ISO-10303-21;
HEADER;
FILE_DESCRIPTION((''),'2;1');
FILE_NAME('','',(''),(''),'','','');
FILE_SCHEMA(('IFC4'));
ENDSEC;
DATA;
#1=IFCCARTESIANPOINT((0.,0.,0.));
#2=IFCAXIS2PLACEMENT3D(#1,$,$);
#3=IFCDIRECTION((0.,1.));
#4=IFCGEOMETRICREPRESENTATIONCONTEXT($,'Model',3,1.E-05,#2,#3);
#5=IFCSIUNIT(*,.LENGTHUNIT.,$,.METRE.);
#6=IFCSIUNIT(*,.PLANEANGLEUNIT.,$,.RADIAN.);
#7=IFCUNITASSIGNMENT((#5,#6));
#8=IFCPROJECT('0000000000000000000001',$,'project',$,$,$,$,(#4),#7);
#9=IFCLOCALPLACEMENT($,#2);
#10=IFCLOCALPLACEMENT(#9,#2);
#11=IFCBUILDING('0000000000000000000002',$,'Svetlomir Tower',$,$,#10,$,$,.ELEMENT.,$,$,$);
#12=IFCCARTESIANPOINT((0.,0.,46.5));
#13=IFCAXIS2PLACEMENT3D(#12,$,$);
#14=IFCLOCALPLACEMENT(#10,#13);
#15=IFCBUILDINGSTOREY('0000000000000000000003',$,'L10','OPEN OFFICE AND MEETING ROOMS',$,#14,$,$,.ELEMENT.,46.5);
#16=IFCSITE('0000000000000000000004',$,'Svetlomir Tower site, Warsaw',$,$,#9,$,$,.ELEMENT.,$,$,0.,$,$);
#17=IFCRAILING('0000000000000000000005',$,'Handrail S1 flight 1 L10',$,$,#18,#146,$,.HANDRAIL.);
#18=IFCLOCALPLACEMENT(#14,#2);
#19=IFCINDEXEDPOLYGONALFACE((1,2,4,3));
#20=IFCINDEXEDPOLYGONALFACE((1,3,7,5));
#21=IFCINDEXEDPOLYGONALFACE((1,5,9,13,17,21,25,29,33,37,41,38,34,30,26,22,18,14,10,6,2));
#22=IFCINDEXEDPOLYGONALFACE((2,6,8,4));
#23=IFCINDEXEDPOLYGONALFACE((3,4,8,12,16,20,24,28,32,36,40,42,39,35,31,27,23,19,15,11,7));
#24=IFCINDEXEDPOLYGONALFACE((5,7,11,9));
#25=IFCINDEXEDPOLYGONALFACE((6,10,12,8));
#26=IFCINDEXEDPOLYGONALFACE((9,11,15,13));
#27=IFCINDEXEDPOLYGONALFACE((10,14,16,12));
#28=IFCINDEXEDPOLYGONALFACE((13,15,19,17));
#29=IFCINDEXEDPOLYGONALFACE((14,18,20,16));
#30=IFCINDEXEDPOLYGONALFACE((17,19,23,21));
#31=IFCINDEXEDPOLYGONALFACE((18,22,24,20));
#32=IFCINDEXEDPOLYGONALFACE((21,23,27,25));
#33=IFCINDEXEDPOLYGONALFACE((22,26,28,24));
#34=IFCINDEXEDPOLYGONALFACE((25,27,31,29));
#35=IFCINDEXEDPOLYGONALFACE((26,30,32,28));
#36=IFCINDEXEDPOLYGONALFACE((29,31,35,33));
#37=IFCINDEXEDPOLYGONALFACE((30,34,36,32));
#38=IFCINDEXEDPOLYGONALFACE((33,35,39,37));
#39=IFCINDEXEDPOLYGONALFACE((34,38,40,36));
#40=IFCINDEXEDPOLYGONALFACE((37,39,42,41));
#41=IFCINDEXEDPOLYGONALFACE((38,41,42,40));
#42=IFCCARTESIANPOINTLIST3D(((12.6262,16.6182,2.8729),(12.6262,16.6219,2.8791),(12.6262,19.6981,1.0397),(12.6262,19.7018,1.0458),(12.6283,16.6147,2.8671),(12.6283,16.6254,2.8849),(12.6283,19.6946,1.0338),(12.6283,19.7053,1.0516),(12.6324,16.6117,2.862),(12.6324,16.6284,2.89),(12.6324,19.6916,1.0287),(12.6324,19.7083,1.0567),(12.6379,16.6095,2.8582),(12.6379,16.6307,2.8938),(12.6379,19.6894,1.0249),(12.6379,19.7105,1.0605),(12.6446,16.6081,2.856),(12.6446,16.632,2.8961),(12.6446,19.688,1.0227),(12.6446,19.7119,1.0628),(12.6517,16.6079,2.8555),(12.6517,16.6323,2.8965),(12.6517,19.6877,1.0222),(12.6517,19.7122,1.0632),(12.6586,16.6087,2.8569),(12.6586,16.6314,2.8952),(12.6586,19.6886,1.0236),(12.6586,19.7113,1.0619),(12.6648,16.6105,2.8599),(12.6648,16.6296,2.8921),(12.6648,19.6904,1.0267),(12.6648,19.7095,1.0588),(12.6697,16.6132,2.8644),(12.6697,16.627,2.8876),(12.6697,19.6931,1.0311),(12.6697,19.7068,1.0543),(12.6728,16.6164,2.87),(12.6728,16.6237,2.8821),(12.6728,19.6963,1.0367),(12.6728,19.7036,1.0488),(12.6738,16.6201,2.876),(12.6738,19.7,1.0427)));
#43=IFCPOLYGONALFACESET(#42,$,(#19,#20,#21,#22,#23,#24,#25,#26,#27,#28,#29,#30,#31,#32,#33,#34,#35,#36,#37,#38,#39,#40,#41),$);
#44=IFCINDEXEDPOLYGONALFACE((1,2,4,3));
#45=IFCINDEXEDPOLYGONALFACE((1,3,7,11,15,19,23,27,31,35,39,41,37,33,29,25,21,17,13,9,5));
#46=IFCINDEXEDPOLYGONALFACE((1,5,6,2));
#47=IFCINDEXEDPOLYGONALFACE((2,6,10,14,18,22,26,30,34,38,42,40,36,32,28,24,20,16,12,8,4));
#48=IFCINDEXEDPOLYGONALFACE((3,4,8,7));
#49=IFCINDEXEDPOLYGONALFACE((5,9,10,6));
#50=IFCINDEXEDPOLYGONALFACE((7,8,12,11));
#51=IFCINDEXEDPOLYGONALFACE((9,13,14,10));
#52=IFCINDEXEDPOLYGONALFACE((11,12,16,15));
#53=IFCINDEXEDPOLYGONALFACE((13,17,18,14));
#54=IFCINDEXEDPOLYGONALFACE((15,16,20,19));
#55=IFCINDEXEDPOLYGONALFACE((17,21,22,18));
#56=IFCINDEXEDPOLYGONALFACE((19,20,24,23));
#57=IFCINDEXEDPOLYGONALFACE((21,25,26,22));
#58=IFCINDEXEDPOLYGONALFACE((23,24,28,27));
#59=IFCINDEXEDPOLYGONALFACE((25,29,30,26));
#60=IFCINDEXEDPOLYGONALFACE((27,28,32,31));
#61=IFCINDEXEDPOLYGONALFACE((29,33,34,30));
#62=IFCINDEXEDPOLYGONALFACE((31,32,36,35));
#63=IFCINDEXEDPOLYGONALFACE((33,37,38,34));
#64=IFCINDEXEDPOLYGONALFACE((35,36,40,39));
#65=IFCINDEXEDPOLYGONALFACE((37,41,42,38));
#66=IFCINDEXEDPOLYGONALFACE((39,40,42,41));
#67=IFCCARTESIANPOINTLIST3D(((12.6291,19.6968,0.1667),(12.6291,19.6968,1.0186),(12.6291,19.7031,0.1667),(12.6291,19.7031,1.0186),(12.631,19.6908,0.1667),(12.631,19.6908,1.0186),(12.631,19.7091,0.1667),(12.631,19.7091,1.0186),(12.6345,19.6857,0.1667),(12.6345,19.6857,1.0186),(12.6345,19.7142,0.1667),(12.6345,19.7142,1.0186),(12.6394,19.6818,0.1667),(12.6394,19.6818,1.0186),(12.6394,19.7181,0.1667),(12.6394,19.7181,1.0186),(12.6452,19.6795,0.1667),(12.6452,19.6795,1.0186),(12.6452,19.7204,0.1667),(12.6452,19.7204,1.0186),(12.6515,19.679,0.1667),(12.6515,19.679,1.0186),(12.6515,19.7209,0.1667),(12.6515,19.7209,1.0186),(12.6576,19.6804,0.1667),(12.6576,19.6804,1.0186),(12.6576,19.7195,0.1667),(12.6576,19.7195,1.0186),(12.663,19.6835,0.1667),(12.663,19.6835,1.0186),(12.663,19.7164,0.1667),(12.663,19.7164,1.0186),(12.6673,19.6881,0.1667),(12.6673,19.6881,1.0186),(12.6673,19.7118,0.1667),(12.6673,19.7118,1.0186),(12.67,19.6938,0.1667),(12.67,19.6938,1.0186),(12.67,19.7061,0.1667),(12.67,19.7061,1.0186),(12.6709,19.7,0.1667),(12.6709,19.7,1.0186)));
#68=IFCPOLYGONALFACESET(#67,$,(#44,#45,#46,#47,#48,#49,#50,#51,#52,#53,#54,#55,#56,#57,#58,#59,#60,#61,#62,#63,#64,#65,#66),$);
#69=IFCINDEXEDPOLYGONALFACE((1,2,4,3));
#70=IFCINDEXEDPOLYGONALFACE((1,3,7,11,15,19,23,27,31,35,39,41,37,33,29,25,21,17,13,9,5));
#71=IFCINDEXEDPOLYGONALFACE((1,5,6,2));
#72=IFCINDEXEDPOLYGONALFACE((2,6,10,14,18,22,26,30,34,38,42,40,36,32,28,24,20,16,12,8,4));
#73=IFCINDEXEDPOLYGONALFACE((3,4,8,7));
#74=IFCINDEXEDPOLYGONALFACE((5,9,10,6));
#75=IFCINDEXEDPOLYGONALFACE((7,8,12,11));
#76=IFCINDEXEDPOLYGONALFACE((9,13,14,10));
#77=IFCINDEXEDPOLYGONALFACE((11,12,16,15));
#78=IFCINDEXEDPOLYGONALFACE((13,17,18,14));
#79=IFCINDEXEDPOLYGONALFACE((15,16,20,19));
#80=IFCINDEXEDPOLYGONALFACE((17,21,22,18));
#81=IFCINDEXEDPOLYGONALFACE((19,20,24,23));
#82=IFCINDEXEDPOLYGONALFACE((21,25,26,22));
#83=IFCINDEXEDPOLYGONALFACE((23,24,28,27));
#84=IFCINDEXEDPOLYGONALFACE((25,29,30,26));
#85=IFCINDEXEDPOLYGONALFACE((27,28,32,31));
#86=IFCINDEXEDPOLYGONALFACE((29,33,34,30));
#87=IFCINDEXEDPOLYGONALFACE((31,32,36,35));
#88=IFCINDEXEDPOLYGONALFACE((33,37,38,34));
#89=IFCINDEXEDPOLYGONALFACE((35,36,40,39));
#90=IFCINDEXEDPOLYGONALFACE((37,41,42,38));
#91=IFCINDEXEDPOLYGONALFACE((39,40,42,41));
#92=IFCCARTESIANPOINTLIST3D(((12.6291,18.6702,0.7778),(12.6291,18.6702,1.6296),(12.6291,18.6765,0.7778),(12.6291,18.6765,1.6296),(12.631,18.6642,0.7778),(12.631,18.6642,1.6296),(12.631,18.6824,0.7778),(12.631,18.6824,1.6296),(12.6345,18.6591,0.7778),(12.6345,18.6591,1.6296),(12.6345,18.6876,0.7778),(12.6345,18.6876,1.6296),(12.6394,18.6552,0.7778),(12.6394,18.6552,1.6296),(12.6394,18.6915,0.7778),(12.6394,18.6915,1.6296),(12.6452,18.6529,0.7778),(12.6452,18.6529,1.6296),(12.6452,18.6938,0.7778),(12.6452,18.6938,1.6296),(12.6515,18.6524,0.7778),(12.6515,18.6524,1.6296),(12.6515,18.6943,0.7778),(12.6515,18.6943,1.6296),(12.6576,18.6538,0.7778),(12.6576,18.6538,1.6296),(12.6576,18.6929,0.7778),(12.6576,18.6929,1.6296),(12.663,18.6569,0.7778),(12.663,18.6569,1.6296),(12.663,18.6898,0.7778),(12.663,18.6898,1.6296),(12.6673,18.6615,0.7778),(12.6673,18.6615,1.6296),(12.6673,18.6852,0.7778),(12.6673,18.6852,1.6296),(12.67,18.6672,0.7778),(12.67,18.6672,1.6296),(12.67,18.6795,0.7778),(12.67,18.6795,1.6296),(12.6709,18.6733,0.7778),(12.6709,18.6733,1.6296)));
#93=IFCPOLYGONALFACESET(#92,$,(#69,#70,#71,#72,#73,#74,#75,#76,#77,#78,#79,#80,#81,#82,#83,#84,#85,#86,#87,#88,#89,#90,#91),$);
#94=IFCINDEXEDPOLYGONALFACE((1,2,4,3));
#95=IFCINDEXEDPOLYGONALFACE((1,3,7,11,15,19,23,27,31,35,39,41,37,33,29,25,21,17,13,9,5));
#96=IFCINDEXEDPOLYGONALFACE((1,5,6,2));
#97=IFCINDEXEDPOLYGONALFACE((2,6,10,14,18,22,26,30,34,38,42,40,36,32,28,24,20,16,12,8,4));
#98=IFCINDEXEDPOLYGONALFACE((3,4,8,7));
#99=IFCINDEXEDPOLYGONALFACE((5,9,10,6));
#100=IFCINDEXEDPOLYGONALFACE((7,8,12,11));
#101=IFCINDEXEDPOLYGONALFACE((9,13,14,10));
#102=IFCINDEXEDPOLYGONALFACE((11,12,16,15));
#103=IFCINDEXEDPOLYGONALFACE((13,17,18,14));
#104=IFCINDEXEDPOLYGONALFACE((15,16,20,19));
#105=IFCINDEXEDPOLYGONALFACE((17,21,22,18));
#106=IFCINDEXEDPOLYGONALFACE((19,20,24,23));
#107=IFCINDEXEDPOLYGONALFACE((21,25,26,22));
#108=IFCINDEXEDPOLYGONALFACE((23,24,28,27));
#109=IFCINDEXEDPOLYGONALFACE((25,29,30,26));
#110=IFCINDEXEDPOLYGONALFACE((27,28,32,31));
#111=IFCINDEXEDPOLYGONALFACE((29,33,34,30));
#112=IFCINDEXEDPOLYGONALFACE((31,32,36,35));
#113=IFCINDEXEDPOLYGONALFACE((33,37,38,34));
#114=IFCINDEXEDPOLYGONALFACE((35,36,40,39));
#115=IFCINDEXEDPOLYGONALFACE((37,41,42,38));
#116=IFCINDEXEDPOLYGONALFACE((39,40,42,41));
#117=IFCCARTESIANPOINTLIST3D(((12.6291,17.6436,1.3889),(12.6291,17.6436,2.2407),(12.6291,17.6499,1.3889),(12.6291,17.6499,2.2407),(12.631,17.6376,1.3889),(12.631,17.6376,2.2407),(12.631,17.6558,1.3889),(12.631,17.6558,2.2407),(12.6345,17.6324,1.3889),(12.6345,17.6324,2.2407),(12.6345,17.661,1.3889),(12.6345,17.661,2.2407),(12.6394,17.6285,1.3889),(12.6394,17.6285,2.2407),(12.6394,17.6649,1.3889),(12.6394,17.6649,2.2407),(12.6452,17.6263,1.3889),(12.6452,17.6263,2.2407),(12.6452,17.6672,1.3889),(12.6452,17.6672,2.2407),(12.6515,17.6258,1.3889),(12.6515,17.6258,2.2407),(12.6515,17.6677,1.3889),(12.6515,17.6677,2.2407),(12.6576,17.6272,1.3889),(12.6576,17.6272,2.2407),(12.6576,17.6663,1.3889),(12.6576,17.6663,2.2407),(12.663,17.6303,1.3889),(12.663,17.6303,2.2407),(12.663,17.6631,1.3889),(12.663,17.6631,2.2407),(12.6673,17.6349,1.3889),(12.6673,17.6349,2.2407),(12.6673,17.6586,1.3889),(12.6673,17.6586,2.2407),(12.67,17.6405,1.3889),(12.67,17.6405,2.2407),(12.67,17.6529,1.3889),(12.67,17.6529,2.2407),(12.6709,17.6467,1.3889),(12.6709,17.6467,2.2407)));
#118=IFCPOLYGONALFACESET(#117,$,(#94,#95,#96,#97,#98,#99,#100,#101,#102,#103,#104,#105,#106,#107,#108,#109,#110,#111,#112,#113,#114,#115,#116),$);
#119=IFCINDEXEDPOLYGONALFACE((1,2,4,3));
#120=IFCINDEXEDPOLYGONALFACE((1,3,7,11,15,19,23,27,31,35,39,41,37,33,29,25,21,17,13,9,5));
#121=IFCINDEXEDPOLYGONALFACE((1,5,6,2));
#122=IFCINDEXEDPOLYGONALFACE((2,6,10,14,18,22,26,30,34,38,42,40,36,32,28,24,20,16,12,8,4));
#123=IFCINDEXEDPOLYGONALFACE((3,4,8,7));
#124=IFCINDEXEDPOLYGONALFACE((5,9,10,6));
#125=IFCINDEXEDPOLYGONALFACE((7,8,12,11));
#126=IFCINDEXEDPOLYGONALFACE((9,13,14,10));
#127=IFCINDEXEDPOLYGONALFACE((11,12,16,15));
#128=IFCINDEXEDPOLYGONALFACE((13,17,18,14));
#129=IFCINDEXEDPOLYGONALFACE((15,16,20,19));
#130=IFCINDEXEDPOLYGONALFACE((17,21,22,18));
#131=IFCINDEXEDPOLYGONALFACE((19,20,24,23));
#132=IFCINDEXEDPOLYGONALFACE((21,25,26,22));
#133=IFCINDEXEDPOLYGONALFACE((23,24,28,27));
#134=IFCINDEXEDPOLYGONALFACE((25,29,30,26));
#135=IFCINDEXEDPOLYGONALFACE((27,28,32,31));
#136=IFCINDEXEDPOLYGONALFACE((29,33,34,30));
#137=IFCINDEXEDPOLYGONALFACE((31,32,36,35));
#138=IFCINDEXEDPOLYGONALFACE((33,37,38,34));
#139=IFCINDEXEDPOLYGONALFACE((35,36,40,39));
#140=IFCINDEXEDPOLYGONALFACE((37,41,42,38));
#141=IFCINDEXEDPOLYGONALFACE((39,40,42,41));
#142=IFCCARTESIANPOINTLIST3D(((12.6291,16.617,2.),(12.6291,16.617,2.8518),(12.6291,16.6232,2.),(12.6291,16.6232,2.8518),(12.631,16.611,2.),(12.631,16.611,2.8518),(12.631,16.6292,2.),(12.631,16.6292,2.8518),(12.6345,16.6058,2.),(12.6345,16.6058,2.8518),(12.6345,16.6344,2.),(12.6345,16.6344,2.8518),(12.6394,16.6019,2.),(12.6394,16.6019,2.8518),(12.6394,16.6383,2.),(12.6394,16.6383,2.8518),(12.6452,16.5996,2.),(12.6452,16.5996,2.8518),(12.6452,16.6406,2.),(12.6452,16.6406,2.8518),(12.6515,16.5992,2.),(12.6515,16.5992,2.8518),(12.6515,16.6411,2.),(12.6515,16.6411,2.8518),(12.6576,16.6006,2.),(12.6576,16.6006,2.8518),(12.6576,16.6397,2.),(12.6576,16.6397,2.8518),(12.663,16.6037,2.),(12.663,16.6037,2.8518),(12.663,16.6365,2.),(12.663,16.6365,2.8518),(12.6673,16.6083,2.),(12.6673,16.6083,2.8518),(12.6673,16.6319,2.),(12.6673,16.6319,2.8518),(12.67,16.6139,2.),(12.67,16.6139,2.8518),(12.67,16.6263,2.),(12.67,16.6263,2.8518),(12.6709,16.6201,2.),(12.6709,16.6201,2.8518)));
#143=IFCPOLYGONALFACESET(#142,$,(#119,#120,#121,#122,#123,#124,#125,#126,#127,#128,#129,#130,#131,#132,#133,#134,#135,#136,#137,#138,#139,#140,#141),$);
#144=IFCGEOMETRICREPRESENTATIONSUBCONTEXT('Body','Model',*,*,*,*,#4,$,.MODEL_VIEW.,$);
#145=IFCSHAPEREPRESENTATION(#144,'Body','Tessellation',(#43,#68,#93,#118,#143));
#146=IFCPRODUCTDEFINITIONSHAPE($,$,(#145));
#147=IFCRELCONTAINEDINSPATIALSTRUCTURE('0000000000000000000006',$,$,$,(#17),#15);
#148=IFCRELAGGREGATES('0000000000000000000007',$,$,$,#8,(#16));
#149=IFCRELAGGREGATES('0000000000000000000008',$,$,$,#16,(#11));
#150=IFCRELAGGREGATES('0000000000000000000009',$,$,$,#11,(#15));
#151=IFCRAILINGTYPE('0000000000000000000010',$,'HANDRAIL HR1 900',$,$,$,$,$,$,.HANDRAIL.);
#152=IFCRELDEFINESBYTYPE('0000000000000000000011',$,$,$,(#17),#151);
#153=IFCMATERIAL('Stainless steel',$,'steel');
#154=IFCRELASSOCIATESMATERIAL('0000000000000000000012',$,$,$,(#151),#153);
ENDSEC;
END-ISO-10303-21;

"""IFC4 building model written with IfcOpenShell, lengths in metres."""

from ifc_helpers import new_model, si_unit, direction, frame, origin, origin_2d, place, context, subcontext, project, spatial, circle, extrude, material, type_object, element, save


model = new_model("IFC4")

# Units and contexts
model_context = context("Model", 3, precision=1e-05, world=origin(), true_north=direction((0.0, 1.0)))
body_context = subcontext(model_context, "Body", "Model", "MODEL_VIEW")
ifc_project = project(units=[si_unit("LENGTHUNIT", "METRE"), si_unit("PLANEANGLEUNIT", "RADIAN")], contexts=[model_context])

# Site, building, storey
site_placement = place(None, origin())
site = spatial("IfcSite", under=ifc_project, at=site_placement, Name="Svetlomir Tower site, Warsaw", CompositionType="ELEMENT", RefElevation=0.0)
building_placement = place(site_placement, origin())
building = spatial("IfcBuilding", under=site, at=building_placement, Name="Svetlomir Tower", CompositionType="ELEMENT")
storey_placement = place(building_placement, frame((0.0, 0.0, 46.5)))
storey = spatial("IfcBuildingStorey", under=building, at=storey_placement, Name="L10", Description="OPEN OFFICE AND MEETING ROOMS", CompositionType="ELEMENT", Elevation=46.5)

# Railing
ifc_material_1 = material(Name="Stainless steel", Category="steel")
railing_type_1 = type_object("IfcRailingType", Name="HANDRAIL HR1 900", PredefinedType="HANDRAIL", material=ifc_material_1)
railing_1_placement = place(storey_placement, frame((12.6499, 19.7, 0.1667)))
element("IfcRailing", 1, at=railing_1_placement, inside=storey, type_object=railing_type_1, Name="Handrail S1 flight 1 L10", PredefinedType="HANDRAIL", context=body_context, shape_type="SweptSolid", body=[
    extrude(circle(Radius=0.0239, at=origin_2d()), frame((0.0, 0.0, 0.876), z_axis=(0.0, -0.859291, 0.511487), x_axis=(1.0, 0.0, 0.0)), (0.0, 0.0, 1.0), 3.5842),
    extrude(circle(Radius=0.021, at=origin_2d()), origin(), (0.0, 0.0, 1.0), 0.8518),
    extrude(circle(Radius=0.021, at=origin_2d()), frame((0.0, -1.0266, 0.6111)), (0.0, 0.0, 1.0), 0.8518),
    extrude(circle(Radius=0.021, at=origin_2d()), frame((0.0, -2.0532, 1.2222)), (0.0, 0.0, 1.0), 0.8518),
    extrude(circle(Radius=0.021, at=origin_2d()), frame((0.0, -3.0798, 1.8333)), (0.0, 0.0, 1.0), 0.8518),
])

save(model, "model.ifc")
